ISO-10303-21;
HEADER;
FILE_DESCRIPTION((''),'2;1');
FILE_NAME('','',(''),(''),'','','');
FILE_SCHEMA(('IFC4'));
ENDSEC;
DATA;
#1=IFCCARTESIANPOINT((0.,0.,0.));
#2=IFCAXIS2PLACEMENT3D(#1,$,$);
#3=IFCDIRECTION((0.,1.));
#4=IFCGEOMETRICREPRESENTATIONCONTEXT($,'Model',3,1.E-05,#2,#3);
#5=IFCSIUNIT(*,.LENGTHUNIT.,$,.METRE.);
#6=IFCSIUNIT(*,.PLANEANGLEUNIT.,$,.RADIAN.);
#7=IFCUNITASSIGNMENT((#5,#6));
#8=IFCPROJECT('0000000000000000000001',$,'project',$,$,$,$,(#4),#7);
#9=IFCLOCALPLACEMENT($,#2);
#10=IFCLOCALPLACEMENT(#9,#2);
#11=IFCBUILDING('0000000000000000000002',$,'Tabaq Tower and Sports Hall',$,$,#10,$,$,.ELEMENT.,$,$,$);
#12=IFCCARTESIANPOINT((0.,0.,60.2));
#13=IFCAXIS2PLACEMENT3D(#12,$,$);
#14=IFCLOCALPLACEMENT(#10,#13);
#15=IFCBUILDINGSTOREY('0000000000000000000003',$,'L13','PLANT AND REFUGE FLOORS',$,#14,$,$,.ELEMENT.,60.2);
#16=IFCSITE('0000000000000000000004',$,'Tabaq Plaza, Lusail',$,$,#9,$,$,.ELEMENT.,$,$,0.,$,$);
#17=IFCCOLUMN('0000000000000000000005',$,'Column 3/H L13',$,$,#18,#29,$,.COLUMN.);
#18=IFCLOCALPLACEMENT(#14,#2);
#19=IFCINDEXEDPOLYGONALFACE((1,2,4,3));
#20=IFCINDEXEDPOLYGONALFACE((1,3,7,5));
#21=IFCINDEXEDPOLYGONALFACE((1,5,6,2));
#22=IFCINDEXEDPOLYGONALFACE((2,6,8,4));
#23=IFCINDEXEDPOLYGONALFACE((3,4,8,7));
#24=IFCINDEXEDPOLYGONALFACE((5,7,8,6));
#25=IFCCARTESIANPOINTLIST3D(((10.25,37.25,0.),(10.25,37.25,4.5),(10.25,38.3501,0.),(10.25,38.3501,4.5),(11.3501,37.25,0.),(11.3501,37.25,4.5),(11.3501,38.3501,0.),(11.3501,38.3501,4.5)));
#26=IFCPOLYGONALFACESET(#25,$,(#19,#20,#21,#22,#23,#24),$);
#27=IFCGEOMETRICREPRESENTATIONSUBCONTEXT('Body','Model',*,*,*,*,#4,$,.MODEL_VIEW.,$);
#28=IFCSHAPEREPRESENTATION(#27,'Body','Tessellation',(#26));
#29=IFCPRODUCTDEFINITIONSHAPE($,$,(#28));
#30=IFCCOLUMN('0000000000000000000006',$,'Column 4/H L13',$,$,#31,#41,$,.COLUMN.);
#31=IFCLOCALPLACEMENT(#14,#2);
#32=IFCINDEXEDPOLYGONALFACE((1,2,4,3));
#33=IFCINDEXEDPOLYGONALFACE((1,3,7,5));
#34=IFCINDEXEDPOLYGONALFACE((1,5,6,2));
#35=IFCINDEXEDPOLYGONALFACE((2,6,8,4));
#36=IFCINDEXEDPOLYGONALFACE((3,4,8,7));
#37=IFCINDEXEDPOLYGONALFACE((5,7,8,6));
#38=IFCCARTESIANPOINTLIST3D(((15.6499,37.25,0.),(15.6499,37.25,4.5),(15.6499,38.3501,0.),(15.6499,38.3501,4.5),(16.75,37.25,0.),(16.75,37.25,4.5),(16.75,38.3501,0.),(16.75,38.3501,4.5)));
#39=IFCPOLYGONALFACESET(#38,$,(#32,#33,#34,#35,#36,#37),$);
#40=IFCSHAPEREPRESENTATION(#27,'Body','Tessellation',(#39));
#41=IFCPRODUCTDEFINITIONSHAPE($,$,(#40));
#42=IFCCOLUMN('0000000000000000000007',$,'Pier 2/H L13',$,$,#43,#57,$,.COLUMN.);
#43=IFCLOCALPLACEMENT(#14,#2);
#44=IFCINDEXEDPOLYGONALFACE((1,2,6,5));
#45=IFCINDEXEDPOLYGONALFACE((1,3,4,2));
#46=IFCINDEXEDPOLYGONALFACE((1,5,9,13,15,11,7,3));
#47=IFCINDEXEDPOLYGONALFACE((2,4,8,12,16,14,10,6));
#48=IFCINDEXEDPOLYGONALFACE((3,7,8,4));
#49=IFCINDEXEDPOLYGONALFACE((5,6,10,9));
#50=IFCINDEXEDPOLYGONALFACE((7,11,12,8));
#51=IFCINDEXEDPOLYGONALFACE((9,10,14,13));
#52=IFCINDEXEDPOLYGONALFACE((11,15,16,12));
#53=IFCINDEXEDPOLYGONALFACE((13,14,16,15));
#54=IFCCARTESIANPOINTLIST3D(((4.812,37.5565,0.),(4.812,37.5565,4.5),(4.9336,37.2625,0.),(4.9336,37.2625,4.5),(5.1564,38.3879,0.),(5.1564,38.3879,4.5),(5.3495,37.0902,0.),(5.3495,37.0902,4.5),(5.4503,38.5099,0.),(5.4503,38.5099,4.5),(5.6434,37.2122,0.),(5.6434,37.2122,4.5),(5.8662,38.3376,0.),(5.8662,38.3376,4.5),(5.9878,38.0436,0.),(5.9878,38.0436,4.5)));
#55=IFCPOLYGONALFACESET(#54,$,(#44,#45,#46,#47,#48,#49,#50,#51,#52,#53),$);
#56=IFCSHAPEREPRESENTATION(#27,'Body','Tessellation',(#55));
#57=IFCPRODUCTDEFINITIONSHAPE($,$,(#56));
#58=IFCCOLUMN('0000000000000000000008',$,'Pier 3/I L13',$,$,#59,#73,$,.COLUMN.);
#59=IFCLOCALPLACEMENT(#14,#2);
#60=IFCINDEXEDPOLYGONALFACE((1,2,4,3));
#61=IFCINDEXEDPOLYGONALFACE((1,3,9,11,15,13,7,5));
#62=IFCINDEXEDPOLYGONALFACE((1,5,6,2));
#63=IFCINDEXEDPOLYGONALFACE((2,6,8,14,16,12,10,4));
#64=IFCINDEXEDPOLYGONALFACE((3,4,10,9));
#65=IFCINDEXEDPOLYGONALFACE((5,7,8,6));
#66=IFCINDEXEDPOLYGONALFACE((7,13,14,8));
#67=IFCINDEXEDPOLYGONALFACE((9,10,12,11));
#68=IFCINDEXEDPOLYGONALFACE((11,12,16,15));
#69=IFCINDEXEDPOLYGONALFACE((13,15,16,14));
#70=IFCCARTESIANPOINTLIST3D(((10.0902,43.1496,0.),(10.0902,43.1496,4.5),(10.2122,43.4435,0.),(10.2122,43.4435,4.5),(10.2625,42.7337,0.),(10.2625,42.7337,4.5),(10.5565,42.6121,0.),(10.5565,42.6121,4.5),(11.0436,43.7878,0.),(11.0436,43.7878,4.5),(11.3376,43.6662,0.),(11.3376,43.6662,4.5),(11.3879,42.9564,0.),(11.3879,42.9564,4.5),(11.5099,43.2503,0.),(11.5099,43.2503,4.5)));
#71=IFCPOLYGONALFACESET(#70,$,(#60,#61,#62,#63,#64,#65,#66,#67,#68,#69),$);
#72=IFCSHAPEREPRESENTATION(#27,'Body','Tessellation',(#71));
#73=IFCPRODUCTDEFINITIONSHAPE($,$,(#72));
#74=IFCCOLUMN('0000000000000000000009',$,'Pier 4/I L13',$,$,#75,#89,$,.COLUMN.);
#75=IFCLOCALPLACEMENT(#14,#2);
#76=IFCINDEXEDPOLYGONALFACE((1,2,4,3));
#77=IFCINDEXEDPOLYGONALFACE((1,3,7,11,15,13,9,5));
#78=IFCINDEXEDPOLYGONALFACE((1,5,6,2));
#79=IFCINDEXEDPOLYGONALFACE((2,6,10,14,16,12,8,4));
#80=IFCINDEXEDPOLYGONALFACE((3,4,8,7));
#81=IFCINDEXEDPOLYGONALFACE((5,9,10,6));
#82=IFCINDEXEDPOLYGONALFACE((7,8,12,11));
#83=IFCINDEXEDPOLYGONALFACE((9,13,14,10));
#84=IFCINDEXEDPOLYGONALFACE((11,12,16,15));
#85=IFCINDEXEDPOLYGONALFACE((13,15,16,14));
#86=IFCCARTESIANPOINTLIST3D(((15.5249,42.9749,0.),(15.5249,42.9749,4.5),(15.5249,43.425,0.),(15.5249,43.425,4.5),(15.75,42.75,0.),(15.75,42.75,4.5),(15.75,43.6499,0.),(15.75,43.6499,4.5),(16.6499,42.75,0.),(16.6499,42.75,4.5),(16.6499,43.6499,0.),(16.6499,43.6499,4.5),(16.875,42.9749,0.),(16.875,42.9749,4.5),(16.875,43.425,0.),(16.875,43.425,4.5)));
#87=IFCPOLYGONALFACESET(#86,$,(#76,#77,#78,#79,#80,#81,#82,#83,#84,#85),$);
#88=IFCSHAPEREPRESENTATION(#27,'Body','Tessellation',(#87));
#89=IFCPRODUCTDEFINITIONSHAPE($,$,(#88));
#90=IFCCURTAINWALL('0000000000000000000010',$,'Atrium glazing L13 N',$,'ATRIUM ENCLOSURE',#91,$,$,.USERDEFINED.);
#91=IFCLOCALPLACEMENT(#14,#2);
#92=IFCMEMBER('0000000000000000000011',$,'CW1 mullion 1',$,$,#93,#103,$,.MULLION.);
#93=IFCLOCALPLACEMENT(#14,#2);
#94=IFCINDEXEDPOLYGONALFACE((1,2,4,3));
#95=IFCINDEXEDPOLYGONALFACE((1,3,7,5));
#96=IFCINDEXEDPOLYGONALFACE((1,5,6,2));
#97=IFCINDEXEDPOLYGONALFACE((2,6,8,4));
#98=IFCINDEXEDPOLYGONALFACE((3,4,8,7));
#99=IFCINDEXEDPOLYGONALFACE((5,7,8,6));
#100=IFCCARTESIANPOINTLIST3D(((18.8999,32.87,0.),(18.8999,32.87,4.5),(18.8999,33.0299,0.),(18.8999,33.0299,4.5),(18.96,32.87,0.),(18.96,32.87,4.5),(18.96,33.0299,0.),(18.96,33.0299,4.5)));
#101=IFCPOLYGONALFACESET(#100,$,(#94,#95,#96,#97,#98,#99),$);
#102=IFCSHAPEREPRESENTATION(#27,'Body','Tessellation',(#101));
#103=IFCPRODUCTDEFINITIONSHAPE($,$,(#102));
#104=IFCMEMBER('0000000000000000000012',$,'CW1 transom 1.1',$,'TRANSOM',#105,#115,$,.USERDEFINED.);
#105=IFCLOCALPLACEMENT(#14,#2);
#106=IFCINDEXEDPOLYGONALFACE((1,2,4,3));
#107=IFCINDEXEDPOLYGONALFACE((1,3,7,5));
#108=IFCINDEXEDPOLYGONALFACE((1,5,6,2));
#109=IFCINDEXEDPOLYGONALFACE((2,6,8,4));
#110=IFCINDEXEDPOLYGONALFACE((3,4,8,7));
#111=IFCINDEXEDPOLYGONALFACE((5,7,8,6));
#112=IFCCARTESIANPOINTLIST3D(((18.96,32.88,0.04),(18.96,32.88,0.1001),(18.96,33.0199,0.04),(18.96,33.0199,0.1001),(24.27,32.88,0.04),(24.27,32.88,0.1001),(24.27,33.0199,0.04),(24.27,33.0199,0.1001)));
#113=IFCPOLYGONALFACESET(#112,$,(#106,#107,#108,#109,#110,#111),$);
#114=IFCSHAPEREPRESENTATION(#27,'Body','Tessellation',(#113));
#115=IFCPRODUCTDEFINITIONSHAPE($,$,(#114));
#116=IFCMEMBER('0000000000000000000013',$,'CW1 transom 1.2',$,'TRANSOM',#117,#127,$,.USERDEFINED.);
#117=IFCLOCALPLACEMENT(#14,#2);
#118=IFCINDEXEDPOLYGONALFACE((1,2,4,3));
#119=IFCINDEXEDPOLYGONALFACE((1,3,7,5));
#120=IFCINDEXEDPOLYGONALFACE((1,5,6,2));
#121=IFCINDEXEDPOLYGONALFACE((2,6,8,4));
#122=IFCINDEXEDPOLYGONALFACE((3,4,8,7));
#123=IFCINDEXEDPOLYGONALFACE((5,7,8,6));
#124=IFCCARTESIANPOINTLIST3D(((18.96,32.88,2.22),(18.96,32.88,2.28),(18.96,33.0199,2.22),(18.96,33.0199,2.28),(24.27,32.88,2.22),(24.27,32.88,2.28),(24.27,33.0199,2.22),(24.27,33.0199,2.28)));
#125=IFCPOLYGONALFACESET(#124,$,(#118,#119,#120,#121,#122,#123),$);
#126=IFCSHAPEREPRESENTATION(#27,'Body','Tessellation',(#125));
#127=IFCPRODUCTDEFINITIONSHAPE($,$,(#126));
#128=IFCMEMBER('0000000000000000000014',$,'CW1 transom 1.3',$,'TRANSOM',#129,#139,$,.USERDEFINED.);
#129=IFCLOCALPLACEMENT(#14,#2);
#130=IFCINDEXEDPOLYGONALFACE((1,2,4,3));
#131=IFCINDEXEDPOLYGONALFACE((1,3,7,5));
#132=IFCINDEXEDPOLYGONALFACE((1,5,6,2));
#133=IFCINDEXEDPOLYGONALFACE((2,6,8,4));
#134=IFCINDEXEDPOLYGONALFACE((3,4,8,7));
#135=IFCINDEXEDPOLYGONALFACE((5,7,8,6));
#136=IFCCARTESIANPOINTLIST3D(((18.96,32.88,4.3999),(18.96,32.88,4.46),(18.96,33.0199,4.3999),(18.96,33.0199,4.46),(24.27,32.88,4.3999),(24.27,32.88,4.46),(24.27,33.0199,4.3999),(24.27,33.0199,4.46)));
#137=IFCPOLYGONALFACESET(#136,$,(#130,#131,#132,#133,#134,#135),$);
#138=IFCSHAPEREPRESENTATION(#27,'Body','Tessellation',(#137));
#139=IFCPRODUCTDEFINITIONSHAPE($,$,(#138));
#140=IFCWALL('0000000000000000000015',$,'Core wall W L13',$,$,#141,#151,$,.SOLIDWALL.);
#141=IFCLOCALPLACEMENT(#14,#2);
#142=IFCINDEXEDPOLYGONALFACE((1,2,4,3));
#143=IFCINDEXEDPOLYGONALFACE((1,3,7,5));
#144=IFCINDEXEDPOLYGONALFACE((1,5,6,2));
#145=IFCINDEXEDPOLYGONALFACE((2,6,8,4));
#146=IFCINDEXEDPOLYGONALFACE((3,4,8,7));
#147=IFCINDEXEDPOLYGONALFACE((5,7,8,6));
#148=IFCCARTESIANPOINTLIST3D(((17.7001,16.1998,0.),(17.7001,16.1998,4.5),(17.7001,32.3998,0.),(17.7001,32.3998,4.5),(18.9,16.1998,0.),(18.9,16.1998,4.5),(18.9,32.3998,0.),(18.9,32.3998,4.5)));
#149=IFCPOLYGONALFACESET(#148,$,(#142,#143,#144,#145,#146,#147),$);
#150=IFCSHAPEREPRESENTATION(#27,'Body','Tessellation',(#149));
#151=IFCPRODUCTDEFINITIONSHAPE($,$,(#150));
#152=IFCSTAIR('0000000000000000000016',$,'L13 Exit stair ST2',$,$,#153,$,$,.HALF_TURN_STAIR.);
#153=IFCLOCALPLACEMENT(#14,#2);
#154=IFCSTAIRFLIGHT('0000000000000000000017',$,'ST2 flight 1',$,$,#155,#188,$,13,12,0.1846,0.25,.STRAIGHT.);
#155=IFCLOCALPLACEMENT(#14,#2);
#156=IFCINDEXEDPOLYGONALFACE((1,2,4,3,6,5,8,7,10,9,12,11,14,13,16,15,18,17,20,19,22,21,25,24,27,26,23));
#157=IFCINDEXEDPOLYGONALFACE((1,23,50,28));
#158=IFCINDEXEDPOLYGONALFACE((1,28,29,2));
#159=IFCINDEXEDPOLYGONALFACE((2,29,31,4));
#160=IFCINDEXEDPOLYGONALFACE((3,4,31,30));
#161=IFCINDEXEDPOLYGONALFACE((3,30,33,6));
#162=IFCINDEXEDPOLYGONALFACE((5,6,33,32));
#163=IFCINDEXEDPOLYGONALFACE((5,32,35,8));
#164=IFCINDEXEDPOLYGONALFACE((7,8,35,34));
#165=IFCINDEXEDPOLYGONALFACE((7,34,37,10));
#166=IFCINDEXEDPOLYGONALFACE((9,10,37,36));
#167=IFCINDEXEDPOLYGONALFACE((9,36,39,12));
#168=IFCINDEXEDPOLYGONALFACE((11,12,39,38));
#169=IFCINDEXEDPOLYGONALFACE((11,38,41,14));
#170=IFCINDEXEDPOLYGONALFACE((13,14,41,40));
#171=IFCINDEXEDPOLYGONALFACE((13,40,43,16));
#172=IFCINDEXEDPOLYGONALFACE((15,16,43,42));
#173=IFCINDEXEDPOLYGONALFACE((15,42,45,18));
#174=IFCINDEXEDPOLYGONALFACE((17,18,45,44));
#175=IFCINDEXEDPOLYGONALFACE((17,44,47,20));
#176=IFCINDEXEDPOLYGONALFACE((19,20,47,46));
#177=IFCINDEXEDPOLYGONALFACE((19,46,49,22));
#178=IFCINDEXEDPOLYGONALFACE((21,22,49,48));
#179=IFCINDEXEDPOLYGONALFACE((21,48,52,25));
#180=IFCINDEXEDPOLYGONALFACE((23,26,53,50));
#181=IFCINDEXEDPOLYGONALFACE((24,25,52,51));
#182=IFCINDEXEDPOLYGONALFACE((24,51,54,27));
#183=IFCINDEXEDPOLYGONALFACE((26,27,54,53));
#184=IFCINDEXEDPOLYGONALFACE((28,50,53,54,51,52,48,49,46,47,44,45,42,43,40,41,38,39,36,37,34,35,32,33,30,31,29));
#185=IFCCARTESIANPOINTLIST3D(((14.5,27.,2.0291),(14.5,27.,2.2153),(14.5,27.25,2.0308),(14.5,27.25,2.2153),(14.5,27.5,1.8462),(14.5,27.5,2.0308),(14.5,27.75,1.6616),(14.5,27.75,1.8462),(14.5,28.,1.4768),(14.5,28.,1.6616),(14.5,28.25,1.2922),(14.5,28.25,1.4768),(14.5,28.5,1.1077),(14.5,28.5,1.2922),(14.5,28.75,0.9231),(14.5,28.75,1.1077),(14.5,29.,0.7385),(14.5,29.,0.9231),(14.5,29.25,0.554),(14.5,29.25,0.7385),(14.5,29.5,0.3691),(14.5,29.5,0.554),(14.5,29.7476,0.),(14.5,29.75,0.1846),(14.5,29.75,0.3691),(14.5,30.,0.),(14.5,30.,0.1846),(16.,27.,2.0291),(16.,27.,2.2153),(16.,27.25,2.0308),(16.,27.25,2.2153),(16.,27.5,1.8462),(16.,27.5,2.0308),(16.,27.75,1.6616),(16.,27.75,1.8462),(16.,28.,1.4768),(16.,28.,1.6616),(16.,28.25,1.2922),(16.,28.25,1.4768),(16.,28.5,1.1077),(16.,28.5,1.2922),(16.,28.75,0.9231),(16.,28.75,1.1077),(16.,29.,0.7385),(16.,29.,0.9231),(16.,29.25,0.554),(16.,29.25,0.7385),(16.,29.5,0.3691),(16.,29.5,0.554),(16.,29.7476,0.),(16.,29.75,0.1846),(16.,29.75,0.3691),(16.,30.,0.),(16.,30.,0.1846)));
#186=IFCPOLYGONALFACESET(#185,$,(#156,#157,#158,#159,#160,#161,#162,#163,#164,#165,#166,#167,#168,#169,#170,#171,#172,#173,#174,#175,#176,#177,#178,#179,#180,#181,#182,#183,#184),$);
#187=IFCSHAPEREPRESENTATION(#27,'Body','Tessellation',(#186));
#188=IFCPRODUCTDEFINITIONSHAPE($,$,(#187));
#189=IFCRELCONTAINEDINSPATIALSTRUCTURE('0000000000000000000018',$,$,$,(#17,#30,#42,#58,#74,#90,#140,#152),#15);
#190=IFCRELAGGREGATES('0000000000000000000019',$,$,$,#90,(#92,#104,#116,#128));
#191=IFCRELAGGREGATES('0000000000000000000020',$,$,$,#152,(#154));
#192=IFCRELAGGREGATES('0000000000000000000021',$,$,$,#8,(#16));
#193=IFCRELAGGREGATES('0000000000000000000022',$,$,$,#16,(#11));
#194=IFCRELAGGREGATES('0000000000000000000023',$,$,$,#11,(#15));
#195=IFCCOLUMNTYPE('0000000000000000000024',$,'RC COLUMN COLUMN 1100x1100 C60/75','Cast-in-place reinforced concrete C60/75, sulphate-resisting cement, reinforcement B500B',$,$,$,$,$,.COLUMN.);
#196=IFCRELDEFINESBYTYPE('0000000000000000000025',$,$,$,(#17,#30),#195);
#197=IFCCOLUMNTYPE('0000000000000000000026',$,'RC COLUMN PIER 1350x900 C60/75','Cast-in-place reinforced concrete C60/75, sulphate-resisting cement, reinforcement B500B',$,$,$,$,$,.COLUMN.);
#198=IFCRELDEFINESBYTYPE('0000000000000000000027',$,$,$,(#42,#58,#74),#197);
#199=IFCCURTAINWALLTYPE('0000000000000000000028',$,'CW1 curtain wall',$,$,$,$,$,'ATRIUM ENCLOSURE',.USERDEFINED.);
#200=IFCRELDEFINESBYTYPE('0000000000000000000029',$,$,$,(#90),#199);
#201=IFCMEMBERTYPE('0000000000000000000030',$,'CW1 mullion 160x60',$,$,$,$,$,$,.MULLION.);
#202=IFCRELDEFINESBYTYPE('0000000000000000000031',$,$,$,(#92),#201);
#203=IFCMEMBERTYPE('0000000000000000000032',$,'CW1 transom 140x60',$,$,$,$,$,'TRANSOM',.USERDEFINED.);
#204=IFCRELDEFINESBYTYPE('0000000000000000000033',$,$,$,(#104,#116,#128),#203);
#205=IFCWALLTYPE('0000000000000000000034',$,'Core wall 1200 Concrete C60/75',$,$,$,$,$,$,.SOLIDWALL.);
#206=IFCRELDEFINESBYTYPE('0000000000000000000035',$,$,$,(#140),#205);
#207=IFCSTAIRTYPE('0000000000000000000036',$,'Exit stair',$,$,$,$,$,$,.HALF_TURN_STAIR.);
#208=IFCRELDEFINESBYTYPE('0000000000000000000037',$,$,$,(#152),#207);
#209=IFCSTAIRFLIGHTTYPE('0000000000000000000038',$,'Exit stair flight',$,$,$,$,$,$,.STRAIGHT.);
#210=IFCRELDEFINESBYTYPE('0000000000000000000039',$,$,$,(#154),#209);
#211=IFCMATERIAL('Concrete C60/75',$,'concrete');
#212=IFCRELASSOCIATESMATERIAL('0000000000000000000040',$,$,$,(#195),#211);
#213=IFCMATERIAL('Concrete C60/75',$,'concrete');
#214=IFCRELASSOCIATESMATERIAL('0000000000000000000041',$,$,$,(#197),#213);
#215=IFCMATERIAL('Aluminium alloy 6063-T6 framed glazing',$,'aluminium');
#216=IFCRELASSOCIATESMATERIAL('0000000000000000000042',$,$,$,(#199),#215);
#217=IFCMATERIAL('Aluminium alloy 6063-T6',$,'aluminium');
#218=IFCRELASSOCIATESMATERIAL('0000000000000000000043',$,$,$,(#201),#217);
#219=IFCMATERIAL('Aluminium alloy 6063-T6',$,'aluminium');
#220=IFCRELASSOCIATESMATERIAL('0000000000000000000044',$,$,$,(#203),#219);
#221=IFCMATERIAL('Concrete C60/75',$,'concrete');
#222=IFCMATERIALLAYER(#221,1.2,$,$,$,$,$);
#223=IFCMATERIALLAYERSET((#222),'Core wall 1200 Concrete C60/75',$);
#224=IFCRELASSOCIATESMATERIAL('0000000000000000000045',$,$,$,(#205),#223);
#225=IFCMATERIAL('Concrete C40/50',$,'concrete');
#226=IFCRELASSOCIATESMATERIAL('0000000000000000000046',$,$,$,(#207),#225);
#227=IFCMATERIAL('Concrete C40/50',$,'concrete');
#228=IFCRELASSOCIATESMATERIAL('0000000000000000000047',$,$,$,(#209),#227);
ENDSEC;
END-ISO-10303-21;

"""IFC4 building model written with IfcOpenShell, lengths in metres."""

from ifc_helpers import new_model, si_unit, direction, frame, frame_2d, origin, origin_2d, place, context, subcontext, project, spatial, polyline, rectangle, outline, extrude, material, layer, layer_set, material_profile, profile_set, type_object, element, aggregate, save


model = new_model("IFC4")

# Units and contexts
model_context = context("Model", 3, precision=1e-05, world=origin(), true_north=direction((0.0, 1.0)))
body_context = subcontext(model_context, "Body", "Model", "MODEL_VIEW")
ifc_project = project(units=[si_unit("LENGTHUNIT", "METRE"), si_unit("PLANEANGLEUNIT", "RADIAN")], contexts=[model_context])

# Site, building, storey
site_placement = place(None, origin())
site = spatial("IfcSite", under=ifc_project, at=site_placement, Name="Tabaq Plaza, Lusail", CompositionType="ELEMENT", RefElevation=0.0)
building_placement = place(site_placement, origin())
building = spatial("IfcBuilding", under=site, at=building_placement, Name="Tabaq Tower and Sports Hall", CompositionType="ELEMENT")
storey_placement = place(building_placement, frame((0.0, 0.0, 60.2)))
storey = spatial("IfcBuildingStorey", under=building, at=storey_placement, Name="L13", Description="PLANT AND REFUGE FLOORS", CompositionType="ELEMENT", Elevation=60.2)

# Columns
ifc_material_1 = material(Name="Concrete C60/75", Category="concrete")
ifc_material_profile_1 = material_profile(ifc_material_1, rectangle(XDim=1.1001, YDim=1.1001, at=origin_2d()), Name="COLUMN 1100x1100")
ifc_profile_set_1 = profile_set([ifc_material_profile_1], Name="Concrete C60/75")
column_type_1 = type_object("IfcColumnType", Name="RC COLUMN COLUMN 1100x1100 C60/75", Description="Cast-in-place reinforced concrete C60/75, sulphate-resisting cement, reinforcement B500B", PredefinedType="COLUMN", material=ifc_profile_set_1)
for number, where, z_axis, x_axis, name in (
    (1, (10.8, 37.8, 0.0), (0.0, 0.0, 1.0), (1.0, 0.0, 0.0), "Column 3/H L13"),
    (2, (16.2, 37.8, 0.0), (0.0, 0.0, 1.0), (1.0, 0.0, 0.0), "Column 4/H L13"),
):
    element("IfcColumn", number, at=place(storey_placement, frame(where, z_axis=z_axis, x_axis=x_axis)), inside=storey, type_object=column_type_1, Name=name, PredefinedType="COLUMN", context=body_context, shape_type="SweptSolid", body=[
        extrude(rectangle(XDim=1.1001, YDim=1.1001, at=origin_2d()), origin(), (0.0, 0.0, 1.0), 4.5),
    ])
ifc_material_2 = material(Name="Concrete C60/75", Category="concrete")
ifc_material_profile_2 = material_profile(ifc_material_2, outline(polyline([(-0.45, -0.45), (0.45, -0.45), (0.675, -0.2251), (0.675, 0.2251), (0.45, 0.45), (-0.45, 0.45), (-0.675, 0.2251), (-0.675, -0.2251), (-0.45, -0.45)])), Name="PIER 1350x900")
ifc_profile_set_2 = profile_set([ifc_material_profile_2], Name="Concrete C60/75")
column_type_2 = type_object("IfcColumnType", Name="RC COLUMN PIER 1350x900 C60/75", Description="Cast-in-place reinforced concrete C60/75, sulphate-resisting cement, reinforcement B500B", PredefinedType="COLUMN", material=ifc_profile_set_2)
for number, where, z_axis, x_axis, name in (
    (3, (5.3999, 37.8, 0.0), (0.0, 0.0, 1.0), (0.382683, 0.92388, 0.0), "Pier 2/H L13"),
    (4, (10.8, 43.2, 0.0), (0.0, 0.0, 1.0), (0.92388, 0.382683, 0.0), "Pier 3/I L13"),
    (5, (16.2, 43.2, 0.0), (0.0, 0.0, 1.0), (1.0, 0.0, 0.0), "Pier 4/I L13"),
):
    element("IfcColumn", number, at=place(storey_placement, frame(where, z_axis=z_axis, x_axis=x_axis)), inside=storey, type_object=column_type_2, Name=name, PredefinedType="COLUMN", context=body_context, shape_type="SweptSolid", body=[
        extrude(outline(polyline([(-0.45, -0.45), (0.45, -0.45), (0.675, -0.2251), (0.675, 0.2251), (0.45, 0.45), (-0.45, 0.45), (-0.675, 0.2251), (-0.675, -0.2251), (-0.45, -0.45)])), origin(), (0.0, 0.0, 1.0), 4.5),
    ])

# Curtain wall, members
ifc_material_3 = material(Name="Aluminium alloy 6063-T6 framed glazing", Category="aluminium")
curtain_wall_type = type_object("IfcCurtainWallType", Name="CW1 curtain wall", ElementType="ATRIUM ENCLOSURE", PredefinedType="USERDEFINED", material=ifc_material_3)
curtain_wall_placement = place(storey_placement, origin())
curtain_wall = element("IfcCurtainWall", 6, at=curtain_wall_placement, inside=storey, type_object=curtain_wall_type, Name="Atrium glazing L13 N", ObjectType="ATRIUM ENCLOSURE", PredefinedType="USERDEFINED")
ifc_material_4 = material(Name="Aluminium alloy 6063-T6", Category="aluminium")
ifc_material_profile_3 = material_profile(ifc_material_4, rectangle(XDim=0.1599, YDim=0.0601, at=origin_2d()), Name="MULLION 160x60")
ifc_profile_set_3 = profile_set([ifc_material_profile_3], Name="Aluminium alloy 6063-T6")
member_type_1 = type_object("IfcMemberType", Name="CW1 mullion 160x60", PredefinedType="MULLION", material=ifc_profile_set_3)
member_1_placement = place(storey_placement, frame((18.9299, 32.95, 0.0), z_axis=(0.0, 0.0, 1.0), x_axis=(0.0, 1.0, 0.0)))
member_1 = element("IfcMember", 7, at=member_1_placement, type_object=member_type_1, Name="CW1 mullion 1", PredefinedType="MULLION", context=body_context, shape_type="SweptSolid", body=[
    extrude(rectangle(XDim=0.1599, YDim=0.0601, at=origin_2d()), origin(), (0.0, 0.0, 1.0), 4.5),
])
ifc_material_5 = material(Name="Aluminium alloy 6063-T6", Category="aluminium")
ifc_material_profile_4 = material_profile(ifc_material_5, rectangle(XDim=0.1399, YDim=0.0601, at=origin_2d()), Name="TRANSOM 140x60")
ifc_profile_set_4 = profile_set([ifc_material_profile_4], Name="Aluminium alloy 6063-T6")
member_type_2 = type_object("IfcMemberType", Name="CW1 transom 140x60", ElementType="TRANSOM", PredefinedType="USERDEFINED", material=ifc_profile_set_4)
member_2_placement = place(storey_placement, frame((18.96, 32.95, 0.0701), z_axis=(1.0, 0.0, 0.0), x_axis=(0.0, 1.0, 0.0)))
member_2 = element("IfcMember", 8, at=member_2_placement, type_object=member_type_2, Name="CW1 transom 1.1", ObjectType="TRANSOM", PredefinedType="USERDEFINED", context=body_context, shape_type="SweptSolid", body=[
    extrude(rectangle(XDim=0.1399, YDim=0.0601, at=origin_2d()), origin(), (0.0, 0.0, 1.0), 5.3101),
])
member_3_placement = place(storey_placement, frame((18.96, 32.95, 2.25), z_axis=(1.0, 0.0, 0.0), x_axis=(0.0, 1.0, 0.0)))
member_3 = element("IfcMember", 9, at=member_3_placement, type_object=member_type_2, Name="CW1 transom 1.2", ObjectType="TRANSOM", PredefinedType="USERDEFINED", context=body_context, shape_type="SweptSolid", body=[
    extrude(rectangle(XDim=0.1399, YDim=0.0601, at=origin_2d()), origin(), (0.0, 0.0, 1.0), 5.3101),
])
member_4_placement = place(storey_placement, frame((18.96, 32.95, 4.4299), z_axis=(1.0, 0.0, 0.0), x_axis=(0.0, 1.0, 0.0)))
member_4 = element("IfcMember", 10, at=member_4_placement, type_object=member_type_2, Name="CW1 transom 1.3", ObjectType="TRANSOM", PredefinedType="USERDEFINED", context=body_context, shape_type="SweptSolid", body=[
    extrude(rectangle(XDim=0.1399, YDim=0.0601, at=origin_2d()), origin(), (0.0, 0.0, 1.0), 5.3101),
])
aggregate(curtain_wall, [member_1, member_2, member_3, member_4])

# Wall
ifc_material_6 = material(Name="Concrete C60/75", Category="concrete")
ifc_layer_1 = layer(ifc_material_6, 1.2)
ifc_layer_set_1 = layer_set([ifc_layer_1], Name="Core wall 1200 Concrete C60/75")
wall_type_1 = type_object("IfcWallType", Name="Core wall 1200 Concrete C60/75", PredefinedType="SOLIDWALL", material=ifc_layer_set_1)
wall_1_placement = place(storey_placement, frame((18.3, 32.3999, 0.0), z_axis=(0.0, 0.0, 1.0), x_axis=(0.0, -1.0, 0.0)))
element("IfcWall", 11, at=wall_1_placement, inside=storey, type_object=wall_type_1, Name="Core wall W L13", PredefinedType="SOLIDWALL", context=body_context, shape_type="SweptSolid", body=[
    extrude(rectangle(XDim=16.2, YDim=1.2, at=frame_2d((8.1001, 0.0))), origin(), (0.0, 0.0, 1.0), 4.5),
])

# Stair, stair flight
ifc_material_7 = material(Name="Concrete C40/50", Category="concrete")
stair_type = type_object("IfcStairType", Name="Exit stair", PredefinedType="HALF_TURN_STAIR", material=ifc_material_7)
stair_placement = place(storey_placement, origin())
stair = element("IfcStair", 12, at=stair_placement, inside=storey, type_object=stair_type, Name="L13 Exit stair ST2", PredefinedType="HALF_TURN_STAIR")
ifc_material_8 = material(Name="Concrete C40/50", Category="concrete")
stair_flight_type = type_object("IfcStairFlightType", Name="Exit stair flight", PredefinedType="STRAIGHT", material=ifc_material_8)
stair_flight_placement = place(storey_placement, frame((15.25, 30.0, 0.0), z_axis=(0.0, 0.0, 1.0), x_axis=(0.0, -1.0, 0.0)))
stair_flight = element("IfcStairFlight", 13, at=stair_flight_placement, type_object=stair_flight_type, Name="ST2 flight 1", NumberOfRisers=13, NumberOfTreads=12, PredefinedType="STRAIGHT", RiserHeight=0.1846, TreadLength=0.25, context=body_context, shape_type="SweptSolid", body=[
    extrude(outline(polyline([(0.0, 0.0), (0.0, 0.1846), (0.25, 0.1846), (0.25, 0.3691), (0.5, 0.3691), (0.5, 0.554), (0.75, 0.554), (0.75, 0.7385), (1.0, 0.7385), (1.0, 0.9231), (1.25, 0.9231), (1.25, 1.1077), (1.5, 1.1077), (1.5, 1.2922), (1.75, 1.2922), (1.75, 1.4768), (2.0, 1.4768), (2.0, 1.6616), (2.25, 1.6616), (2.25, 1.8462), (2.5, 1.8462), (2.5, 2.0308), (2.75, 2.0308), (2.75, 2.2153), (3.0, 2.2153), (3.0, 2.3999), (3.0, 2.0291), (0.2524, 0.0), (0.0, 0.0)])), frame((0.0, 0.75, 0.0), z_axis=(0.0, -1.0, 0.0), x_axis=(1.0, 0.0, 0.0)), (0.0, 0.0, 1.0), 1.5),
])
aggregate(stair, [stair_flight])

save(model, "model.ifc")
